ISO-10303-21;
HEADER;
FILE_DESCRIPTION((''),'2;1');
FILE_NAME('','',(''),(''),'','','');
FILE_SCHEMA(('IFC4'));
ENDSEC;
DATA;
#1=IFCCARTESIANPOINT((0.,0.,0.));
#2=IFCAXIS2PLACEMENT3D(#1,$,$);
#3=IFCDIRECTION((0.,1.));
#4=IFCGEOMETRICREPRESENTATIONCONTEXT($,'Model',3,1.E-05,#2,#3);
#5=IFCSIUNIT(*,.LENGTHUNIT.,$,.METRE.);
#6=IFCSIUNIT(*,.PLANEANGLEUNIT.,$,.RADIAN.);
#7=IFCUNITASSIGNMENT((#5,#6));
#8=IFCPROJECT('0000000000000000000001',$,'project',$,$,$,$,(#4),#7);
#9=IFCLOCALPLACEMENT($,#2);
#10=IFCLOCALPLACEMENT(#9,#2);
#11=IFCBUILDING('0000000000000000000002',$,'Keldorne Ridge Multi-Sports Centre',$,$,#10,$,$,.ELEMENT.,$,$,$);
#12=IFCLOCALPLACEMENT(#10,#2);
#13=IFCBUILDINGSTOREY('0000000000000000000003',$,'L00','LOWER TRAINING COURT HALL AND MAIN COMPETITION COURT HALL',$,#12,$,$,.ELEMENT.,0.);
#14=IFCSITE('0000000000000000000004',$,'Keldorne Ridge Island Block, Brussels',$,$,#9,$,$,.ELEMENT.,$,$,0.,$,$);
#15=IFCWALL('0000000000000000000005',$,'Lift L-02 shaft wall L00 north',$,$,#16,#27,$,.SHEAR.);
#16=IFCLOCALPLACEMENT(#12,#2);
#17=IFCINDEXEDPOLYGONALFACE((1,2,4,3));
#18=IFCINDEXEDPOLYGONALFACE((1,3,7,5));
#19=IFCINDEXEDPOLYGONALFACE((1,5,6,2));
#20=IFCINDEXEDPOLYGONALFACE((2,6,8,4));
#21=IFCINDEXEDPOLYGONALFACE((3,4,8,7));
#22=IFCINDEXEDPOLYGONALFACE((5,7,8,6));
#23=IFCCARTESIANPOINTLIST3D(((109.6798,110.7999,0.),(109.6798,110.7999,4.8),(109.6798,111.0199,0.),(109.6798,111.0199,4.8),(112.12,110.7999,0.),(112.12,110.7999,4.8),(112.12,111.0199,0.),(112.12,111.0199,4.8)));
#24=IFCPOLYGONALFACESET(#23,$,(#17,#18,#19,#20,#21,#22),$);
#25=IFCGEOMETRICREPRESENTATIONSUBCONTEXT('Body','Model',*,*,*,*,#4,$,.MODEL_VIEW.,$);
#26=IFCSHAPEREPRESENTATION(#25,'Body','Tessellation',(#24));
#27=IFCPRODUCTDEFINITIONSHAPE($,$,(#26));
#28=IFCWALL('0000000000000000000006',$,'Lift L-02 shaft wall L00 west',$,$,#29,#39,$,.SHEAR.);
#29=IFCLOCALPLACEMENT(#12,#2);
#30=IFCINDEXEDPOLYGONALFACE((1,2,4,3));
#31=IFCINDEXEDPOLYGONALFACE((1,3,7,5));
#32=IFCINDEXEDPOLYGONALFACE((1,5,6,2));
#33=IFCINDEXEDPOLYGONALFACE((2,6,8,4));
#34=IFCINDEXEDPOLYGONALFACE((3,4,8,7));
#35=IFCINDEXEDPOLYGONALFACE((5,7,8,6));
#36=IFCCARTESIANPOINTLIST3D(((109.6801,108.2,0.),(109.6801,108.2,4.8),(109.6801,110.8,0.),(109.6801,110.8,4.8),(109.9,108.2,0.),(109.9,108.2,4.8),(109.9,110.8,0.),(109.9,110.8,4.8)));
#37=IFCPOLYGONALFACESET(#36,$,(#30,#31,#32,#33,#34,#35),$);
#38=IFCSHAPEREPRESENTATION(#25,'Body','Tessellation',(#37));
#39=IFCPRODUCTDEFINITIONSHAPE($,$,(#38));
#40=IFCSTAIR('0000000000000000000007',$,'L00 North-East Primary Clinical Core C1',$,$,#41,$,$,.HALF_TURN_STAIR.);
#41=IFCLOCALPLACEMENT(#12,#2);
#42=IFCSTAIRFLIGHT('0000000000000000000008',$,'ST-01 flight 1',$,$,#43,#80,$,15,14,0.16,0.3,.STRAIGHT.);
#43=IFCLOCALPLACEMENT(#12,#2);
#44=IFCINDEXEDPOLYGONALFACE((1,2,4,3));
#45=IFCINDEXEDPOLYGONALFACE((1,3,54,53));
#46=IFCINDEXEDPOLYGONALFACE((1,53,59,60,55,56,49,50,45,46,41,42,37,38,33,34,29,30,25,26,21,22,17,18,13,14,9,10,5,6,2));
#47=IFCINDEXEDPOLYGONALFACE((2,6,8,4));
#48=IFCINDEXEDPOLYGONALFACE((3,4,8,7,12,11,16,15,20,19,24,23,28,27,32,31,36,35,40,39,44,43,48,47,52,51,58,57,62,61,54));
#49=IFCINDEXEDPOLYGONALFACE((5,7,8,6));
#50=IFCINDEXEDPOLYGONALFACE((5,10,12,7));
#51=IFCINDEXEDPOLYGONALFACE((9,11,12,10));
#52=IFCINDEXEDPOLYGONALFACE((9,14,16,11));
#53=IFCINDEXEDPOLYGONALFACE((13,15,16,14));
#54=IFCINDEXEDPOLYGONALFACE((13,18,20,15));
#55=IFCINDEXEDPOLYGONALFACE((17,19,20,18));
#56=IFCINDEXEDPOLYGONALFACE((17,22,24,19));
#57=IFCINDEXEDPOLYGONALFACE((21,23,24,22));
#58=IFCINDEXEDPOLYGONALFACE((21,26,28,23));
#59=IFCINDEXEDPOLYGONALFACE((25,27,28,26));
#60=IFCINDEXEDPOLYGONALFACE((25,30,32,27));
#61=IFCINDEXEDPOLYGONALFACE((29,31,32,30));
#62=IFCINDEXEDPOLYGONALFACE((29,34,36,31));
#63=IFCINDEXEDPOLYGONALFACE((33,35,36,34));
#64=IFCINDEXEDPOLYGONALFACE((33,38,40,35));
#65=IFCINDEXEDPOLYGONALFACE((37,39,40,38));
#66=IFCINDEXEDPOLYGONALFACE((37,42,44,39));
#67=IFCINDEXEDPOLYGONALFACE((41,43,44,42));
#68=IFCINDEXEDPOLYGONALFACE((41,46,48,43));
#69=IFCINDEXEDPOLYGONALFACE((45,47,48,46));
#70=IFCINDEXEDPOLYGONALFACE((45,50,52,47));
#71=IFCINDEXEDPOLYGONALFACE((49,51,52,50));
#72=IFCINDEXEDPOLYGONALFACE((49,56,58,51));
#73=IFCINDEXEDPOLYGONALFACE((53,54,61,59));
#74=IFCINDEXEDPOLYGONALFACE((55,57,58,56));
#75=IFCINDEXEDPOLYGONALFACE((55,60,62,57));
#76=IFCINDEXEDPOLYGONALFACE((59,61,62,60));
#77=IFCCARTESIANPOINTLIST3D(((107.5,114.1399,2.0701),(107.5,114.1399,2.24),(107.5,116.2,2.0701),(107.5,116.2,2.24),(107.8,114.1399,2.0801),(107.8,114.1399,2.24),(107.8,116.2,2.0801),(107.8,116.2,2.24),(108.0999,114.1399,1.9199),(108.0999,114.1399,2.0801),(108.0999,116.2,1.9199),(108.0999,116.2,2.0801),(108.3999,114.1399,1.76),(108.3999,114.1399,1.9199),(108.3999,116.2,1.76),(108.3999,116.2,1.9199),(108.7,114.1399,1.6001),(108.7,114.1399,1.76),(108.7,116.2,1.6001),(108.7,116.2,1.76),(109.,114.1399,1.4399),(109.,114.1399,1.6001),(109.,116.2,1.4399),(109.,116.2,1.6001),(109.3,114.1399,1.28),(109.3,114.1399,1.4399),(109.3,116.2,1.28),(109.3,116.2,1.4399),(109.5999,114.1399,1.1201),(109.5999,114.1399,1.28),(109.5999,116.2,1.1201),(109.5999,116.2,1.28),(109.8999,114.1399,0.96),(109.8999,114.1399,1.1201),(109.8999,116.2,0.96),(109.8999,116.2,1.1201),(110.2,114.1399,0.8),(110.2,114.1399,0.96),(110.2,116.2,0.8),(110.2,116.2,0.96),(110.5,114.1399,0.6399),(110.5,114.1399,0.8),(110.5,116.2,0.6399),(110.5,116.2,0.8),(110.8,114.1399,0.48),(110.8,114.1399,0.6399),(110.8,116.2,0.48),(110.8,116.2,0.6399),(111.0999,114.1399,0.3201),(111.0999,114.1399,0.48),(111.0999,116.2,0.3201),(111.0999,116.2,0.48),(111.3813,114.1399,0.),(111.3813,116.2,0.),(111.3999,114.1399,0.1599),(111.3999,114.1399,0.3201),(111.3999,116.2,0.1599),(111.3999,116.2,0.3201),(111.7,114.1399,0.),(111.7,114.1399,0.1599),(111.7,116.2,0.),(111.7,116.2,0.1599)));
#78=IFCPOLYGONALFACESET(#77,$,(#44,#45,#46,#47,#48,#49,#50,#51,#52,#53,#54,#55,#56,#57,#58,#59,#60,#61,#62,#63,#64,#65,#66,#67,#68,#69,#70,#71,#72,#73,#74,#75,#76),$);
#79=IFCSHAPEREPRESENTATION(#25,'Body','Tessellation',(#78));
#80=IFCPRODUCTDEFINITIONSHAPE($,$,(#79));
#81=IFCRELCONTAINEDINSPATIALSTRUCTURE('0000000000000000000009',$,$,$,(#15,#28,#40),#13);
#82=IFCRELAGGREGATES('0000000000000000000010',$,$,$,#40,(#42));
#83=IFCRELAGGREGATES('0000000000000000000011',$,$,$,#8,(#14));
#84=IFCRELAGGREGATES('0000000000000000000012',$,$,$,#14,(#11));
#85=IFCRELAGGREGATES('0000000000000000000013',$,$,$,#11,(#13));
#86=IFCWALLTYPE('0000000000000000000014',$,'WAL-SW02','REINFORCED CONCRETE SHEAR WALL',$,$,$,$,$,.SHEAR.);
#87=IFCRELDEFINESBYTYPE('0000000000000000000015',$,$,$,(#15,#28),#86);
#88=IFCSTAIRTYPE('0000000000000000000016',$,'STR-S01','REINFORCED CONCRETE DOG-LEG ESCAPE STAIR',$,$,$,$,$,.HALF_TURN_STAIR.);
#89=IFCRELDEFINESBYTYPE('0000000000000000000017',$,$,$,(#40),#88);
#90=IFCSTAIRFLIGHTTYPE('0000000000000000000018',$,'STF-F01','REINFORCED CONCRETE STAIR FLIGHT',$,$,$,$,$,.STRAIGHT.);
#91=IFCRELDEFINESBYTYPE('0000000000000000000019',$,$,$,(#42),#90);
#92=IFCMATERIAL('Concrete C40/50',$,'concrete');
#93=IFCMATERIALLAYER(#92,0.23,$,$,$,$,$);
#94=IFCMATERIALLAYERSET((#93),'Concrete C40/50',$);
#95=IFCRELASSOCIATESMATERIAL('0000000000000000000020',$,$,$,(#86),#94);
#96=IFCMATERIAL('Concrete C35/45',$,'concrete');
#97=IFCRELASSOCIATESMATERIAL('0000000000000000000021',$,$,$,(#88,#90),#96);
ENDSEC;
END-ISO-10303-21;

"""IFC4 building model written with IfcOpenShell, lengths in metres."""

from ifc_helpers import new_model, si_unit, direction, frame, frame_2d, origin, place, context, subcontext, project, spatial, polyline, rectangle, outline, extrude, material, layer, layer_set, type_object, element, aggregate, save


model = new_model("IFC4")

# Units and contexts
model_context = context("Model", 3, precision=1e-05, world=origin(), true_north=direction((0.0, 1.0)))
body_context = subcontext(model_context, "Body", "Model", "MODEL_VIEW")
ifc_project = project(units=[si_unit("LENGTHUNIT", "METRE"), si_unit("PLANEANGLEUNIT", "RADIAN")], contexts=[model_context])

# Site, building, storey
site_placement = place(None, origin())
site = spatial("IfcSite", under=ifc_project, at=site_placement, Name="Keldorne Ridge Island Block, Brussels", CompositionType="ELEMENT", RefElevation=0.0)
building_placement = place(site_placement, origin())
building = spatial("IfcBuilding", under=site, at=building_placement, Name="Keldorne Ridge Multi-Sports Centre", CompositionType="ELEMENT")
storey_placement = place(building_placement, origin())
storey = spatial("IfcBuildingStorey", under=building, at=storey_placement, Name="L00", Description="LOWER TRAINING COURT HALL AND MAIN COMPETITION COURT HALL", CompositionType="ELEMENT", Elevation=0.0)

# Shared definitions
ifc_material_1 = material(Name="Concrete C40/50", Category="concrete")

# Walls
ifc_layer_1 = layer(ifc_material_1, 0.23)
ifc_layer_set_1 = layer_set([ifc_layer_1], Name="Concrete C40/50")
wall_type_1 = type_object("IfcWallType", Name="WAL-SW02", Description="REINFORCED CONCRETE SHEAR WALL", PredefinedType="SHEAR", material=ifc_layer_set_1)
wall_1_placement = place(storey_placement, frame((112.1201, 110.9099, 0.0), z_axis=(0.0, 0.0, 1.0), x_axis=(-1.0, 0.0, 0.0)))
element("IfcWall", 1, at=wall_1_placement, inside=storey, type_object=wall_type_1, Name="Lift L-02 shaft wall L00 north", PredefinedType="SHEAR", context=body_context, shape_type="SweptSolid", body=[
    extrude(rectangle(XDim=2.4402, YDim=0.22, at=frame_2d((1.2202, 0.0))), origin(), (0.0, 0.0, 1.0), 4.8),
])
wall_2_placement = place(storey_placement, frame((109.79, 110.8, 0.0), z_axis=(0.0, 0.0, 1.0), x_axis=(0.0, -1.0, 0.0)))
element("IfcWall", 2, at=wall_2_placement, inside=storey, type_object=wall_type_1, Name="Lift L-02 shaft wall L00 west", PredefinedType="SHEAR", context=body_context, shape_type="SweptSolid", body=[
    extrude(rectangle(XDim=2.6001, YDim=0.22, at=frame_2d((1.3, 0.0))), origin(), (0.0, 0.0, 1.0), 4.8),
])

# Stair, stair flight
ifc_material_2 = material(Name="Concrete C35/45", Category="concrete")
stair_type = type_object("IfcStairType", Name="STR-S01", Description="REINFORCED CONCRETE DOG-LEG ESCAPE STAIR", PredefinedType="HALF_TURN_STAIR", material=ifc_material_2)
stair_placement = place(storey_placement, origin())
stair = element("IfcStair", 3, at=stair_placement, inside=storey, type_object=stair_type, Name="L00 North-East Primary Clinical Core C1", PredefinedType="HALF_TURN_STAIR")
stair_flight_type = type_object("IfcStairFlightType", Name="STF-F01", Description="REINFORCED CONCRETE STAIR FLIGHT", PredefinedType="STRAIGHT", material=ifc_material_2)
stair_flight_placement = place(storey_placement, frame((111.7, 115.1699, 0.0), z_axis=(0.0, 0.0, 1.0), x_axis=(-1.0, 0.0, 0.0)))
stair_flight = element("IfcStairFlight", 4, at=stair_flight_placement, type_object=stair_flight_type, Name="ST-01 flight 1", NumberOfRisers=15, NumberOfTreads=14, PredefinedType="STRAIGHT", RiserHeight=0.16, TreadLength=0.3, context=body_context, shape_type="SweptSolid", body=[
    extrude(outline(polyline([(0.0, 0.0), (0.0, 0.1599), (0.3, 0.1599), (0.3, 0.3201), (0.6001, 0.3201), (0.6001, 0.48), (0.8999, 0.48), (0.8999, 0.6399), (1.2, 0.6399), (1.2, 0.8), (1.5, 0.8), (1.5, 0.96), (1.8, 0.96), (1.8, 1.1201), (2.1001, 1.1201), (2.1001, 1.28), (2.3999, 1.28), (2.3999, 1.4399), (2.7, 1.4399), (2.7, 1.6001), (3.0, 1.6001), (3.0, 1.76), (3.3, 1.76), (3.3, 1.9199), (3.6001, 1.9199), (3.6001, 2.0801), (3.8999, 2.0801), (3.8999, 2.24), (4.2, 2.24), (4.2, 2.3999), (4.2, 2.0701), (0.3186, 0.0), (0.0, 0.0)])), frame((0.0, 1.03, 0.0), z_axis=(0.0, -1.0, 0.0), x_axis=(1.0, 0.0, 0.0)), (0.0, 0.0, 1.0), 2.0601),
])
aggregate(stair, [stair_flight])

save(model, "model.ifc")
